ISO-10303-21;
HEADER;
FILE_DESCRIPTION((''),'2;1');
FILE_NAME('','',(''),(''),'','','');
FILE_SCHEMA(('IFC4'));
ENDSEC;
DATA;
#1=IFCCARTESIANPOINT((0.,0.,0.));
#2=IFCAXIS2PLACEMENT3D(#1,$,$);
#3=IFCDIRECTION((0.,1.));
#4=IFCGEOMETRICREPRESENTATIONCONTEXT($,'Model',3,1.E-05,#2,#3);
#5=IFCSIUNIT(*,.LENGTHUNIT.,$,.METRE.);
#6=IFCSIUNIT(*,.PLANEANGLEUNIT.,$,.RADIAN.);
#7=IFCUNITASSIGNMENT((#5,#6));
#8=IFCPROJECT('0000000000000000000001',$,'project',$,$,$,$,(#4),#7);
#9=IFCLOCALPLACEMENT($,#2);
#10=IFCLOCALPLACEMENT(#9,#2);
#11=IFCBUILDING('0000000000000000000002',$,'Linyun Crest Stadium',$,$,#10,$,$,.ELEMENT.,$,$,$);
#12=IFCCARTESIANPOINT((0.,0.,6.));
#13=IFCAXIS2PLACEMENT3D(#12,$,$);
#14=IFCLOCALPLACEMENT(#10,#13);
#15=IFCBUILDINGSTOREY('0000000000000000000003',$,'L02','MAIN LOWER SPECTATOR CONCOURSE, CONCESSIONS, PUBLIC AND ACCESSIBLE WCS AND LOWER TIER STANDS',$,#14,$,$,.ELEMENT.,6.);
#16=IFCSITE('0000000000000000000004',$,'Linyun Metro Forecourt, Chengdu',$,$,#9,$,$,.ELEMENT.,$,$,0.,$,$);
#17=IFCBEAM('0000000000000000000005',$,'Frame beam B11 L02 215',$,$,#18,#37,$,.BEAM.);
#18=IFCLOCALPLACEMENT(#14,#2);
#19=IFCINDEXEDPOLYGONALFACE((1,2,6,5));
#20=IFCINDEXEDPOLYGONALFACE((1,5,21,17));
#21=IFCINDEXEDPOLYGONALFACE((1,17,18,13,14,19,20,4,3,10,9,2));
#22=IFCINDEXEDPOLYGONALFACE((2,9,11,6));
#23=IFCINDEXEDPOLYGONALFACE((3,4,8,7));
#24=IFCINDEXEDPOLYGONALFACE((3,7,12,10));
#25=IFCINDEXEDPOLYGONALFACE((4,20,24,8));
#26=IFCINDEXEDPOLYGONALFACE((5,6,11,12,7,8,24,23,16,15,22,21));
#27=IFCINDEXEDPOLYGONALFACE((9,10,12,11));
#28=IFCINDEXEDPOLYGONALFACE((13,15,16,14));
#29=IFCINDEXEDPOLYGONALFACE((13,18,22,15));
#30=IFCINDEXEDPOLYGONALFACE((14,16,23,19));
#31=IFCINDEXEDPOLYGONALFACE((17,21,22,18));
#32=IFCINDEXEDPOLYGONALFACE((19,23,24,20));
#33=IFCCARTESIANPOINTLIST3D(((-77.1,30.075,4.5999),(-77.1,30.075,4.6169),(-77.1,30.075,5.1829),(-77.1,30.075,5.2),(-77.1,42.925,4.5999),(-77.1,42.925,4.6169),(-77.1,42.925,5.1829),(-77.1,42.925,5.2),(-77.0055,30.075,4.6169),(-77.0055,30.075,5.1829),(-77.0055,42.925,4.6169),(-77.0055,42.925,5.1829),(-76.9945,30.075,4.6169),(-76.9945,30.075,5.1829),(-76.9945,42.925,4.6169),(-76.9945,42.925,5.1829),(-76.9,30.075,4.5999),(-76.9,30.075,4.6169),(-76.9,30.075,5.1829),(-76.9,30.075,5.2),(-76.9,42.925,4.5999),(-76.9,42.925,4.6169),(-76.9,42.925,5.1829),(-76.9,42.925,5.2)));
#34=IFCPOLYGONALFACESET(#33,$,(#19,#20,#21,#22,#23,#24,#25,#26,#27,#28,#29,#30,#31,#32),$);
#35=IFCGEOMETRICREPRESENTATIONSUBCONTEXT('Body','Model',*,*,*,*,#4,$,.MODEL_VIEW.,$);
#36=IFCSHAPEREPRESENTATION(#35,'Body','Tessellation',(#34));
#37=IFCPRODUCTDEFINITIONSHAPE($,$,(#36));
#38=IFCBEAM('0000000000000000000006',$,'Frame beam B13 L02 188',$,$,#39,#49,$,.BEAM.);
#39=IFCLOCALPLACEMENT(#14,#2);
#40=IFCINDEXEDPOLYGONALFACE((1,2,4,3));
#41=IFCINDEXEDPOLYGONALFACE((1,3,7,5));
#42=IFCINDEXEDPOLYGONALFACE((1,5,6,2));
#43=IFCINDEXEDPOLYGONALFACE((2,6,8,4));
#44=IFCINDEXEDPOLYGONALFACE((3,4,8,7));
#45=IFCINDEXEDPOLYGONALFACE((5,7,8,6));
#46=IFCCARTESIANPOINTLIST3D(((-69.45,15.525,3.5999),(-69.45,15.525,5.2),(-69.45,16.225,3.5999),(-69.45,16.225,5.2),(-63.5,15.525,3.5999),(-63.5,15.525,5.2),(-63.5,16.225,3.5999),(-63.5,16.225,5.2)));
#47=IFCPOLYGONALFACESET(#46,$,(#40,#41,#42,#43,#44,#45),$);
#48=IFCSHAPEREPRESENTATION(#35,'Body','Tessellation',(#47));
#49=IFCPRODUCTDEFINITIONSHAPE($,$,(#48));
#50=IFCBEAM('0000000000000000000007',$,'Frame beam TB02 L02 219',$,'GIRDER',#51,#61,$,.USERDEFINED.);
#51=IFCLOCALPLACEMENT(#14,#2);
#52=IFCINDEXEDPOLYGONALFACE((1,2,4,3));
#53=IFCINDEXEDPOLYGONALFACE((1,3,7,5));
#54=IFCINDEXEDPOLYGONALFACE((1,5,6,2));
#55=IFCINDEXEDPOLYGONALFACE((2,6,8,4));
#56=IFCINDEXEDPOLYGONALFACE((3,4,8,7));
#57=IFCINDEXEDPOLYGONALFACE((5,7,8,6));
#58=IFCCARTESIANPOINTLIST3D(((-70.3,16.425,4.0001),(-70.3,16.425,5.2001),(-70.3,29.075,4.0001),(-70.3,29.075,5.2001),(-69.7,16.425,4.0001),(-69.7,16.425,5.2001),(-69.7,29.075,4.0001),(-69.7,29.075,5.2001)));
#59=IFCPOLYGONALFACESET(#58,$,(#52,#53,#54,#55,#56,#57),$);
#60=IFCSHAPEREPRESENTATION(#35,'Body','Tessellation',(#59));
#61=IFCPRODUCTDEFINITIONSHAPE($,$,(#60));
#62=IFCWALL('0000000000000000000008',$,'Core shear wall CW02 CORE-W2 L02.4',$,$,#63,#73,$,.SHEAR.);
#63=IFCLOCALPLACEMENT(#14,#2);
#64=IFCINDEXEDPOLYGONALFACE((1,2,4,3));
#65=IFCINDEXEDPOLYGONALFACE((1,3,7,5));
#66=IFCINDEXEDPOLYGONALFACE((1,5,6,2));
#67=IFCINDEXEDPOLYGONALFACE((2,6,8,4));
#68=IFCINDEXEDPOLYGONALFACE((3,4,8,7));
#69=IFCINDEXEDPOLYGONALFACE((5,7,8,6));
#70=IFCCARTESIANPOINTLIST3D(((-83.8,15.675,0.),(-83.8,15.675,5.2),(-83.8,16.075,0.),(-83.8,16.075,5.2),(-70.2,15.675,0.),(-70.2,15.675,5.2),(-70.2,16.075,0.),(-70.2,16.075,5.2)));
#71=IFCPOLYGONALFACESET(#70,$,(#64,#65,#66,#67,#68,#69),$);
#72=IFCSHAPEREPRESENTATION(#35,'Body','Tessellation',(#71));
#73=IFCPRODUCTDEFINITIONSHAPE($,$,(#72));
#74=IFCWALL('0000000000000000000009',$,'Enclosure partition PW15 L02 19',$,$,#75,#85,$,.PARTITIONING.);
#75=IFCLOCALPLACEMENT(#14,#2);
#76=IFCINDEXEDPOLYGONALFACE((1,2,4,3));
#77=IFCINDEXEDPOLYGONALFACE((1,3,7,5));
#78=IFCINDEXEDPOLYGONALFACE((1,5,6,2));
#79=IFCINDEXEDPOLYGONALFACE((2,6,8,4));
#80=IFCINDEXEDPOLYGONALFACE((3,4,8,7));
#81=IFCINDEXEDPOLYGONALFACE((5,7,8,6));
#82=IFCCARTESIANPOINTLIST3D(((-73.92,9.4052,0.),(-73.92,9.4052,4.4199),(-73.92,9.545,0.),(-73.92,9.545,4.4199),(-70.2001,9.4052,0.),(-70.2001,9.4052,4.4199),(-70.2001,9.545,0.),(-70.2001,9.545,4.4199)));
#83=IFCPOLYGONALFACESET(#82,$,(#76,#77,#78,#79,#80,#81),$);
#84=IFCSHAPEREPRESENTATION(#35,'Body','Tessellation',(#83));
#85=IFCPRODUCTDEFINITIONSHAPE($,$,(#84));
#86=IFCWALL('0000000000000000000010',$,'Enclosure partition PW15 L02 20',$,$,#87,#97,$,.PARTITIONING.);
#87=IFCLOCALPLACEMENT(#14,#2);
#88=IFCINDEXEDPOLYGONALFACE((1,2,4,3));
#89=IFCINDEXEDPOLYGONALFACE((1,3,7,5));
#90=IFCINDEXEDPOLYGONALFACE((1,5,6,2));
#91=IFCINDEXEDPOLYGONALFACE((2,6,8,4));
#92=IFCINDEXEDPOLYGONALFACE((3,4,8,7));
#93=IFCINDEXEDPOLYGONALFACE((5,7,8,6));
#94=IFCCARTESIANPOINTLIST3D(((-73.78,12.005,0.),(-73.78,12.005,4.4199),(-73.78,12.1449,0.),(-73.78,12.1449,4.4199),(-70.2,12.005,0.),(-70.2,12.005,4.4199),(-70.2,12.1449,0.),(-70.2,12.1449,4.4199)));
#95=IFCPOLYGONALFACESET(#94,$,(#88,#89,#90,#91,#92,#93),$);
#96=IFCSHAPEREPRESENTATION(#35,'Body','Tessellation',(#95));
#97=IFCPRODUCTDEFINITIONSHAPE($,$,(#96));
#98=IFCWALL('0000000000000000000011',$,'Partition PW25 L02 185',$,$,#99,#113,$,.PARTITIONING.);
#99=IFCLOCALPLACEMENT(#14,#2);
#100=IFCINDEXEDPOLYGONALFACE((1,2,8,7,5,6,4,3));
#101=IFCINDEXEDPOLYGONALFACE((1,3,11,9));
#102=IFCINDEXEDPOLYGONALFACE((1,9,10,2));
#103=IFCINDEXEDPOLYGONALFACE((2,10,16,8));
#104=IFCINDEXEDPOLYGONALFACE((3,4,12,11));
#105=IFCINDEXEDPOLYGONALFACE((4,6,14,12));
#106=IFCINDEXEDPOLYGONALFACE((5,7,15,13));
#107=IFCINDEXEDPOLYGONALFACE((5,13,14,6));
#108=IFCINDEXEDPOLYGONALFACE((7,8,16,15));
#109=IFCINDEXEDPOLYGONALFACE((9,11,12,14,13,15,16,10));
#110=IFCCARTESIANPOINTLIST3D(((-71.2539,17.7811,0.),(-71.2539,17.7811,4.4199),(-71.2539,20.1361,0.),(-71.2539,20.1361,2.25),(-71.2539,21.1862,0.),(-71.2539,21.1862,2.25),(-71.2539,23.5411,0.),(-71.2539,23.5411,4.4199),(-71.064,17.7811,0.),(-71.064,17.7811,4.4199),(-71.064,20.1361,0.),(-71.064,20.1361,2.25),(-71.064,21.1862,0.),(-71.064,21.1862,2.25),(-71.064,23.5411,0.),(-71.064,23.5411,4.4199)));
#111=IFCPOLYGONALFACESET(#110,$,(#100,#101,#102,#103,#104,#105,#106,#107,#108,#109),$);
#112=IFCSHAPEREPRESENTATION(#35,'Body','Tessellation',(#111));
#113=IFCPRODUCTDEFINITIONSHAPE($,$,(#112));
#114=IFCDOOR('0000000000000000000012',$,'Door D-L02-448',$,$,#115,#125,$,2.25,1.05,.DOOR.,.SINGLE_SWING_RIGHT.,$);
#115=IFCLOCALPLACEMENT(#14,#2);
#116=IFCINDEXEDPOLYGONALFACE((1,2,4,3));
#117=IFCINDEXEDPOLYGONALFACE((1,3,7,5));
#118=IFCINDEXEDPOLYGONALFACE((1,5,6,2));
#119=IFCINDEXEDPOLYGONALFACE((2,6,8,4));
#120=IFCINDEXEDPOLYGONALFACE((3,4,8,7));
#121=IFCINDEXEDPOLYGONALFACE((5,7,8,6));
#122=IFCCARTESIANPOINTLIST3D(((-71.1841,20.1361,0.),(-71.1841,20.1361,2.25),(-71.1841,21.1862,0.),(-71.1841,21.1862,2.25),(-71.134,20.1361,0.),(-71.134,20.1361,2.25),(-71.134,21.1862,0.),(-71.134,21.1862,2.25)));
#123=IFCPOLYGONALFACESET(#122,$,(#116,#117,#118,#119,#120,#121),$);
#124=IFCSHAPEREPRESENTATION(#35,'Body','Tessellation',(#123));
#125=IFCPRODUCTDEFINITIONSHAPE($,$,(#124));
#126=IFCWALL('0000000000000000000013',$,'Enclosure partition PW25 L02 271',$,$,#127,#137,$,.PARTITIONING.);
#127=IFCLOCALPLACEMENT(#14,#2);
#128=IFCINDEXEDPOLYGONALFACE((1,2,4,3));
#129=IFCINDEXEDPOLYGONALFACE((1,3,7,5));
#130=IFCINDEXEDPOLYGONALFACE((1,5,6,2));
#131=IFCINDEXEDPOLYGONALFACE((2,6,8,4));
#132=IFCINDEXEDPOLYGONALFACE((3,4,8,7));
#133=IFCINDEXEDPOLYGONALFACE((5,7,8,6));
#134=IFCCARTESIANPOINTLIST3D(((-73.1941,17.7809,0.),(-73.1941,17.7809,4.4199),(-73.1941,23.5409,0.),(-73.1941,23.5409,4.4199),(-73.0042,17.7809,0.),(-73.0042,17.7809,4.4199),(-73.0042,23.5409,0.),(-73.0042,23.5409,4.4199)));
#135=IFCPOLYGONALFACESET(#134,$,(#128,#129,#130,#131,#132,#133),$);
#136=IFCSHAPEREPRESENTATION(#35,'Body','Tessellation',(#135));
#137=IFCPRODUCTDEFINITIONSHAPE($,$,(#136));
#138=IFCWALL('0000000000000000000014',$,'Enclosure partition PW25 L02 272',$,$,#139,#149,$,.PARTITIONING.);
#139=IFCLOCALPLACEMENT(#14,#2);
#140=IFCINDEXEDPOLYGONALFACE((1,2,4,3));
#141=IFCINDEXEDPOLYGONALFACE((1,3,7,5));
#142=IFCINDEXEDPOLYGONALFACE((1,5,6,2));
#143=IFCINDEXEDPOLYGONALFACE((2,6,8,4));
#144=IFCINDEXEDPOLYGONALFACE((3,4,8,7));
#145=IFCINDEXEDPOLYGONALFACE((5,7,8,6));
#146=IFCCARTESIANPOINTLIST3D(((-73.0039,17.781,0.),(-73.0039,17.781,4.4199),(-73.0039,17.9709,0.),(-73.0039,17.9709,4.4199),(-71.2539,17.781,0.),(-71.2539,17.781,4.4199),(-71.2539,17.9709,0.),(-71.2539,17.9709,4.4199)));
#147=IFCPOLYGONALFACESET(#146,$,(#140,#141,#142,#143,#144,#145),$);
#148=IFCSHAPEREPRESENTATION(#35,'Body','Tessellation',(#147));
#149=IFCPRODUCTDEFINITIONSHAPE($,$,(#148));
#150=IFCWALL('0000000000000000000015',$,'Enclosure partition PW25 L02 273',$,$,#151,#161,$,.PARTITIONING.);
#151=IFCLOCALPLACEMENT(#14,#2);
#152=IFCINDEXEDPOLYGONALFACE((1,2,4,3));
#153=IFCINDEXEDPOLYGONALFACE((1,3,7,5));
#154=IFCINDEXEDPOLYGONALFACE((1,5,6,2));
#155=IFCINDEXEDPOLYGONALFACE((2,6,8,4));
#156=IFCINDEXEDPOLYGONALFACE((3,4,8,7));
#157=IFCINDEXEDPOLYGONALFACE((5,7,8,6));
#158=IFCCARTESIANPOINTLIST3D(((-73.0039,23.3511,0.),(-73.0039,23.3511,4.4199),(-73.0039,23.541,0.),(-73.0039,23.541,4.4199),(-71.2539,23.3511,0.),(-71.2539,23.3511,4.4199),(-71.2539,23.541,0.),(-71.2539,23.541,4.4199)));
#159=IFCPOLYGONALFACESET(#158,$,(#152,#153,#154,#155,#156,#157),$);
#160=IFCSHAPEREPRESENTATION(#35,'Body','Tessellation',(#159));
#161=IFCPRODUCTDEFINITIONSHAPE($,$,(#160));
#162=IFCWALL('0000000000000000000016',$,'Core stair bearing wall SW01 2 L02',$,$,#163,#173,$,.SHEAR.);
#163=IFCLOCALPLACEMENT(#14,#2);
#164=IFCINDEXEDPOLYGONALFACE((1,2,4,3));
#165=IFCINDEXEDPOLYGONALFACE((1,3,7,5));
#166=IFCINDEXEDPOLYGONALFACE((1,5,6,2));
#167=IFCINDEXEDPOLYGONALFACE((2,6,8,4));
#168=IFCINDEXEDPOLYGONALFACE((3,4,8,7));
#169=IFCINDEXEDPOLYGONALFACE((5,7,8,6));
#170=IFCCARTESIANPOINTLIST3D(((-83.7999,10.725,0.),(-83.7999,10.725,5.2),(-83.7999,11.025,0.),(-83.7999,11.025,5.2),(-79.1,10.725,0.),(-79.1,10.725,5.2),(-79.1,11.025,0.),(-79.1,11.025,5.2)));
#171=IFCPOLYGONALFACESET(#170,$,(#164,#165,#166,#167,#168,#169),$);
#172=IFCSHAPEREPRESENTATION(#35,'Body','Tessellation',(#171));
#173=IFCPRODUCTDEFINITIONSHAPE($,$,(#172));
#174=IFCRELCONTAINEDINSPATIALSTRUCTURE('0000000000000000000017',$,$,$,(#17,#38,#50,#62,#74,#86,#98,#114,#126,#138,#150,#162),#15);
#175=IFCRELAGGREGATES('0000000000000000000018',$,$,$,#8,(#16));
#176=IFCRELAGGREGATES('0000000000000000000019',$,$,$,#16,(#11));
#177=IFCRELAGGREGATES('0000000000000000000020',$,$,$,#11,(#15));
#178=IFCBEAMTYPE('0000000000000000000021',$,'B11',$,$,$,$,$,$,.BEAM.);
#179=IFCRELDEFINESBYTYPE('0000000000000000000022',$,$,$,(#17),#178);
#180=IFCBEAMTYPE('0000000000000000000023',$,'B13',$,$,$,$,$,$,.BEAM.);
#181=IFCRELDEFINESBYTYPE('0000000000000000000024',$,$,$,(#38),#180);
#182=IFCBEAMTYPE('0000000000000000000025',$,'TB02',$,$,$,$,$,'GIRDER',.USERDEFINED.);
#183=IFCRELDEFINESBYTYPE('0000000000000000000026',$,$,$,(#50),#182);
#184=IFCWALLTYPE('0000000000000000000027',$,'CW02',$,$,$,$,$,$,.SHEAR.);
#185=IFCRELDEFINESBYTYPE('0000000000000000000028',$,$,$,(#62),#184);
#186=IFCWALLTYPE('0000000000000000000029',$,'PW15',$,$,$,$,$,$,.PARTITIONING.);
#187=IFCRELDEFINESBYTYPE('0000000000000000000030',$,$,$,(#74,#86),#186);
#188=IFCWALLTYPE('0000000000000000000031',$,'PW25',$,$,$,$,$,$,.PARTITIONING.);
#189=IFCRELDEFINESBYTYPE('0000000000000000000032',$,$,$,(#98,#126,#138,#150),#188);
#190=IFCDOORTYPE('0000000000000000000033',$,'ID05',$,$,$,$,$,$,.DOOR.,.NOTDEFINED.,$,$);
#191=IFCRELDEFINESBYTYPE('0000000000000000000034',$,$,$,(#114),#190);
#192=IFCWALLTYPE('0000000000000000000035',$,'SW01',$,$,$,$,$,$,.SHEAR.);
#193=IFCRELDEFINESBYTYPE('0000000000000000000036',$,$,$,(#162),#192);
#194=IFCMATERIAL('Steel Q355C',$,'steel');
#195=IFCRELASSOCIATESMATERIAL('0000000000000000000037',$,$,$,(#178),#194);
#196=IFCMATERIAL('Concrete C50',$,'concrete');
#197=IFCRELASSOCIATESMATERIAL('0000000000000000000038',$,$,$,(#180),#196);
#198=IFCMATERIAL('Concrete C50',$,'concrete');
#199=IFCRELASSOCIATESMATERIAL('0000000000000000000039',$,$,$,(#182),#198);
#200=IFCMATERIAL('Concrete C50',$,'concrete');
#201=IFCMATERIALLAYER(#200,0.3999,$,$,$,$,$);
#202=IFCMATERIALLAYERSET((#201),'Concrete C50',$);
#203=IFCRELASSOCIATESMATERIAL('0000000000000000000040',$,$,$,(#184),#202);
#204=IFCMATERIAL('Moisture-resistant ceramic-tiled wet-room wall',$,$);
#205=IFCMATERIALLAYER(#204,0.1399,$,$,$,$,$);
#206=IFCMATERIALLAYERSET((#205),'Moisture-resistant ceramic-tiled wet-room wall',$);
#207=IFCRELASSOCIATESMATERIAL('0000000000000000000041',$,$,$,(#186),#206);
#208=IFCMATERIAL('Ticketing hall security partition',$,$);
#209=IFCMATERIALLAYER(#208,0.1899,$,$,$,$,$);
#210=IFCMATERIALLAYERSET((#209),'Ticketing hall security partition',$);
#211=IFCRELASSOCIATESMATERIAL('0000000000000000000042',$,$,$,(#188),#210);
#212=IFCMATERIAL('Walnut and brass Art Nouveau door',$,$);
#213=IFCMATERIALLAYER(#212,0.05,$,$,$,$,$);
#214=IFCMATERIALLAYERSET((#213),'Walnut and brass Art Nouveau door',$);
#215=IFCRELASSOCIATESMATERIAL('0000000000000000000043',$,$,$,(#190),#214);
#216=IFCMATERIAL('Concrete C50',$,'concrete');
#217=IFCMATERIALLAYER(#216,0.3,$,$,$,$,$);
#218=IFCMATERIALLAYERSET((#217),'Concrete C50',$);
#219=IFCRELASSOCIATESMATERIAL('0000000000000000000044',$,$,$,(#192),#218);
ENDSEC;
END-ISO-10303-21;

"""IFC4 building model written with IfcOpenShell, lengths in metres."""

from ifc_helpers import new_model, si_unit, direction, frame, frame_2d, origin, origin_2d, place, context, subcontext, project, spatial, rectangle, i_section, extrude, material, layer, layer_set, material_profile, profile_set, type_object, element, fill, save


model = new_model("IFC4")

# Units and contexts
model_context = context("Model", 3, precision=1e-05, world=origin(), true_north=direction((0.0, 1.0)))
body_context = subcontext(model_context, "Body", "Model", "MODEL_VIEW")
ifc_project = project(units=[si_unit("LENGTHUNIT", "METRE"), si_unit("PLANEANGLEUNIT", "RADIAN")], contexts=[model_context])

# Site, building, storey
site_placement = place(None, origin())
site = spatial("IfcSite", under=ifc_project, at=site_placement, Name="Linyun Metro Forecourt, Chengdu", CompositionType="ELEMENT", RefElevation=0.0)
building_placement = place(site_placement, origin())
building = spatial("IfcBuilding", under=site, at=building_placement, Name="Linyun Crest Stadium", CompositionType="ELEMENT")
storey_placement = place(building_placement, frame((0.0, 0.0, 6.0)))
storey = spatial("IfcBuildingStorey", under=building, at=storey_placement, Name="L02", Description="MAIN LOWER SPECTATOR CONCOURSE, CONCESSIONS, PUBLIC AND ACCESSIBLE WCS AND LOWER TIER STANDS", CompositionType="ELEMENT", Elevation=6.0)

# Beams
ifc_material_1 = material(Name="Steel Q355C", Category="steel")
ifc_material_profile_1 = material_profile(ifc_material_1, i_section(OverallWidth=0.2, OverallDepth=0.6001, WebThickness=0.011, FlangeThickness=0.0171, at=origin_2d()), Name="HN 600x200")
ifc_profile_set_1 = profile_set([ifc_material_profile_1], Name="Steel Q355C")
beam_type_1 = type_object("IfcBeamType", Name="B11", PredefinedType="BEAM", material=ifc_profile_set_1)
beam_1_placement = place(storey_placement, frame((-77.0, 30.075, 4.8999), z_axis=(0.0, 1.0, 0.0), x_axis=(-1.0, 0.0, 0.0)))
element("IfcBeam", 1, at=beam_1_placement, inside=storey, type_object=beam_type_1, Name="Frame beam B11 L02 215", PredefinedType="BEAM", context=body_context, shape_type="SweptSolid", body=[
    extrude(i_section(OverallWidth=0.2, OverallDepth=0.6001, WebThickness=0.011, FlangeThickness=0.0171, at=origin_2d()), origin(), (0.0, 0.0, 1.0), 12.8501),
])
ifc_material_2 = material(Name="Concrete C50", Category="concrete")
ifc_material_profile_2 = material_profile(ifc_material_2, rectangle(XDim=0.7, YDim=1.6001, at=origin_2d()), Name="RCB 1600x700")
ifc_profile_set_2 = profile_set([ifc_material_profile_2], Name="Concrete C50")
beam_type_2 = type_object("IfcBeamType", Name="B13", PredefinedType="BEAM", material=ifc_profile_set_2)
beam_2_placement = place(storey_placement, frame((-69.45, 15.875, 4.3999), z_axis=(1.0, 0.0, 0.0), x_axis=(0.0, 1.0, 0.0)))
element("IfcBeam", 2, at=beam_2_placement, inside=storey, type_object=beam_type_2, Name="Frame beam B13 L02 188", PredefinedType="BEAM", context=body_context, shape_type="SweptSolid", body=[
    extrude(rectangle(XDim=0.7, YDim=1.6001, at=origin_2d()), origin(), (0.0, 0.0, 1.0), 5.95),
])
ifc_material_3 = material(Name="Concrete C50", Category="concrete")
ifc_material_profile_3 = material_profile(ifc_material_3, rectangle(XDim=0.6001, YDim=1.2, at=origin_2d()), Name="RCB 1200x600")
ifc_profile_set_3 = profile_set([ifc_material_profile_3], Name="Concrete C50")
beam_type_3 = type_object("IfcBeamType", Name="TB02", ElementType="GIRDER", PredefinedType="USERDEFINED", material=ifc_profile_set_3)
beam_3_placement = place(storey_placement, frame((-70.0, 16.425, 4.6001), z_axis=(0.0, 1.0, 0.0), x_axis=(-1.0, 0.0, 0.0)))
element("IfcBeam", 3, at=beam_3_placement, inside=storey, type_object=beam_type_3, Name="Frame beam TB02 L02 219", ObjectType="GIRDER", PredefinedType="USERDEFINED", context=body_context, shape_type="SweptSolid", body=[
    extrude(rectangle(XDim=0.6001, YDim=1.2, at=origin_2d()), origin(), (0.0, 0.0, 1.0), 12.6499),
])

# Wall
ifc_material_4 = material(Name="Concrete C50", Category="concrete")
ifc_layer_1 = layer(ifc_material_4, 0.3999)
ifc_layer_set_1 = layer_set([ifc_layer_1], Name="Concrete C50")
wall_type_1 = type_object("IfcWallType", Name="CW02", PredefinedType="SHEAR", material=ifc_layer_set_1)
wall_1_placement = place(storey_placement, frame((-83.8, 15.875, 0.0), z_axis=(0.0, 0.0, 1.0), x_axis=(1.0, 0.0, 0.0)))
element("IfcWall", 4, at=wall_1_placement, inside=storey, type_object=wall_type_1, Name="Core shear wall CW02 CORE-W2 L02.4", PredefinedType="SHEAR", context=body_context, shape_type="SweptSolid", body=[
    extrude(rectangle(XDim=13.6001, YDim=0.3999, at=frame_2d((6.8, 0.0))), origin(), (0.0, 0.0, 1.0), 5.2),
])

# Shared definitions
ifc_material_5 = material(Name="Moisture-resistant ceramic-tiled wet-room wall")
ifc_layer_2 = layer(ifc_material_5, 0.1399)
ifc_layer_set_2 = layer_set([ifc_layer_2], Name="Moisture-resistant ceramic-tiled wet-room wall")
wall_type_2 = type_object("IfcWallType", Name="PW15", PredefinedType="PARTITIONING", material=ifc_layer_set_2)

# Walls
wall_2_placement = place(storey_placement, frame((-73.9199, 9.4751, 0.0), z_axis=(0.0, 0.0, 1.0), x_axis=(1.0, 0.0, 0.0)))
element("IfcWall", 5, at=wall_2_placement, inside=storey, type_object=wall_type_2, Name="Enclosure partition PW15 L02 19", PredefinedType="PARTITIONING", context=body_context, shape_type="SweptSolid", body=[
    extrude(rectangle(XDim=3.72, YDim=0.1399, at=frame_2d((1.8599, 0.0))), origin(), (0.0, 0.0, 1.0), 4.4199),
])
wall_3_placement = place(storey_placement, frame((-73.78, 12.075, 0.0), z_axis=(0.0, 0.0, 1.0), x_axis=(1.0, 0.0, 0.0)))
element("IfcWall", 6, at=wall_3_placement, inside=storey, type_object=wall_type_2, Name="Enclosure partition PW15 L02 20", PredefinedType="PARTITIONING", context=body_context, shape_type="SweptSolid", body=[
    extrude(rectangle(XDim=3.5801, YDim=0.1399, at=frame_2d((1.79, 0.0))), origin(), (0.0, 0.0, 1.0), 4.4199),
])

# Wall, opening, door
ifc_material_6 = material(Name="Ticketing hall security partition")
ifc_layer_3 = layer(ifc_material_6, 0.1899)
ifc_layer_set_3 = layer_set([ifc_layer_3], Name="Ticketing hall security partition")
wall_type_3 = type_object("IfcWallType", Name="PW25", PredefinedType="PARTITIONING", material=ifc_layer_set_3)
wall_4_placement = place(storey_placement, frame((-71.1589, 23.541, 0.0), z_axis=(0.0, 0.0, 1.0), x_axis=(0.0, -1.0, 0.0)))
wall_4 = element("IfcWall", 7, at=wall_4_placement, inside=storey, type_object=wall_type_3, Name="Partition PW25 L02 185", PredefinedType="PARTITIONING", context=body_context, shape_type="SweptSolid", body=[
    extrude(rectangle(XDim=5.76, YDim=0.1899, at=frame_2d((2.8799, 0.0))), origin(), (0.0, 0.0, 1.0), 4.4199),
])
opening_1_placement = place(wall_4_placement, frame((2.355, 0.0, 0.0)))
opening_1 = element("IfcOpeningElement", 8, at=opening_1_placement, cuts=wall_4, PredefinedType="OPENING", context=body_context, shape_type="SweptSolid", body=[
    extrude(rectangle(XDim=1.05, YDim=2.25, at=frame_2d((0.5249, 1.125))), frame((0.0, 0.105, 0.0), z_axis=(0.0, -1.0, 0.0), x_axis=(1.0, 0.0, 0.0)), (0.0, 0.0, 1.0), 0.21),
])
ifc_material_7 = material(Name="Walnut and brass Art Nouveau door")
ifc_layer_4 = layer(ifc_material_7, 0.05)
ifc_layer_set_4 = layer_set([ifc_layer_4], Name="Walnut and brass Art Nouveau door")
door_type_1 = type_object("IfcDoorType", Name="ID05", OperationType="NOTDEFINED", PredefinedType="DOOR", material=ifc_layer_set_4)
door_1_placement = place(opening_1_placement, origin())
door_1 = element("IfcDoor", 9, at=door_1_placement, inside=storey, type_object=door_type_1, Name="Door D-L02-448", OperationType="SINGLE_SWING_RIGHT", OverallHeight=2.25, OverallWidth=1.05, PredefinedType="DOOR", context=body_context, shape_type="SweptSolid", body=[
    extrude(rectangle(XDim=1.05, YDim=2.25, at=frame_2d((0.5249, 1.125))), frame((0.0, 0.0249, 0.0), z_axis=(0.0, -1.0, 0.0), x_axis=(1.0, 0.0, 0.0)), (0.0, 0.0, 1.0), 0.05),
])
fill(opening_1, door_1)

# Walls
wall_5_placement = place(storey_placement, frame((-73.0991, 17.781, 0.0), z_axis=(0.0, 0.0, 1.0), x_axis=(0.0, 1.0, 0.0)))
element("IfcWall", 10, at=wall_5_placement, inside=storey, type_object=wall_type_3, Name="Enclosure partition PW25 L02 271", PredefinedType="PARTITIONING", context=body_context, shape_type="SweptSolid", body=[
    extrude(rectangle(XDim=5.76, YDim=0.1899, at=frame_2d((2.8799, 0.0))), origin(), (0.0, 0.0, 1.0), 4.4199),
])
for number, where, z_axis, x_axis, name in (
    (11, (-73.0039, 17.876, 0.0), (0.0, 0.0, 1.0), (1.0, 0.0, 0.0), "Enclosure partition PW25 L02 272"),
    (12, (-73.0039, 23.446, 0.0), (0.0, 0.0, 1.0), (1.0, 0.0, 0.0), "Enclosure partition PW25 L02 273"),
):
    element("IfcWall", number, at=place(storey_placement, frame(where, z_axis=z_axis, x_axis=x_axis)), inside=storey, type_object=wall_type_3, Name=name, PredefinedType="PARTITIONING", context=body_context, shape_type="SweptSolid", body=[
        extrude(rectangle(XDim=1.75, YDim=0.1899, at=frame_2d((0.875, 0.0))), origin(), (0.0, 0.0, 1.0), 4.4199),
    ])
ifc_material_8 = material(Name="Concrete C50", Category="concrete")
ifc_layer_5 = layer(ifc_material_8, 0.3)
ifc_layer_set_5 = layer_set([ifc_layer_5], Name="Concrete C50")
wall_type_4 = type_object("IfcWallType", Name="SW01", PredefinedType="SHEAR", material=ifc_layer_set_5)
wall_6_placement = place(storey_placement, frame((-83.8, 10.875, 0.0), z_axis=(0.0, 0.0, 1.0), x_axis=(1.0, 0.0, 0.0)))
element("IfcWall", 13, at=wall_6_placement, inside=storey, type_object=wall_type_4, Name="Core stair bearing wall SW01 2 L02", PredefinedType="SHEAR", context=body_context, shape_type="SweptSolid", body=[
    extrude(rectangle(XDim=4.7, YDim=0.3, at=frame_2d((2.3501, 0.0))), origin(), (0.0, 0.0, 1.0), 5.2),
])

save(model, "model.ifc")
